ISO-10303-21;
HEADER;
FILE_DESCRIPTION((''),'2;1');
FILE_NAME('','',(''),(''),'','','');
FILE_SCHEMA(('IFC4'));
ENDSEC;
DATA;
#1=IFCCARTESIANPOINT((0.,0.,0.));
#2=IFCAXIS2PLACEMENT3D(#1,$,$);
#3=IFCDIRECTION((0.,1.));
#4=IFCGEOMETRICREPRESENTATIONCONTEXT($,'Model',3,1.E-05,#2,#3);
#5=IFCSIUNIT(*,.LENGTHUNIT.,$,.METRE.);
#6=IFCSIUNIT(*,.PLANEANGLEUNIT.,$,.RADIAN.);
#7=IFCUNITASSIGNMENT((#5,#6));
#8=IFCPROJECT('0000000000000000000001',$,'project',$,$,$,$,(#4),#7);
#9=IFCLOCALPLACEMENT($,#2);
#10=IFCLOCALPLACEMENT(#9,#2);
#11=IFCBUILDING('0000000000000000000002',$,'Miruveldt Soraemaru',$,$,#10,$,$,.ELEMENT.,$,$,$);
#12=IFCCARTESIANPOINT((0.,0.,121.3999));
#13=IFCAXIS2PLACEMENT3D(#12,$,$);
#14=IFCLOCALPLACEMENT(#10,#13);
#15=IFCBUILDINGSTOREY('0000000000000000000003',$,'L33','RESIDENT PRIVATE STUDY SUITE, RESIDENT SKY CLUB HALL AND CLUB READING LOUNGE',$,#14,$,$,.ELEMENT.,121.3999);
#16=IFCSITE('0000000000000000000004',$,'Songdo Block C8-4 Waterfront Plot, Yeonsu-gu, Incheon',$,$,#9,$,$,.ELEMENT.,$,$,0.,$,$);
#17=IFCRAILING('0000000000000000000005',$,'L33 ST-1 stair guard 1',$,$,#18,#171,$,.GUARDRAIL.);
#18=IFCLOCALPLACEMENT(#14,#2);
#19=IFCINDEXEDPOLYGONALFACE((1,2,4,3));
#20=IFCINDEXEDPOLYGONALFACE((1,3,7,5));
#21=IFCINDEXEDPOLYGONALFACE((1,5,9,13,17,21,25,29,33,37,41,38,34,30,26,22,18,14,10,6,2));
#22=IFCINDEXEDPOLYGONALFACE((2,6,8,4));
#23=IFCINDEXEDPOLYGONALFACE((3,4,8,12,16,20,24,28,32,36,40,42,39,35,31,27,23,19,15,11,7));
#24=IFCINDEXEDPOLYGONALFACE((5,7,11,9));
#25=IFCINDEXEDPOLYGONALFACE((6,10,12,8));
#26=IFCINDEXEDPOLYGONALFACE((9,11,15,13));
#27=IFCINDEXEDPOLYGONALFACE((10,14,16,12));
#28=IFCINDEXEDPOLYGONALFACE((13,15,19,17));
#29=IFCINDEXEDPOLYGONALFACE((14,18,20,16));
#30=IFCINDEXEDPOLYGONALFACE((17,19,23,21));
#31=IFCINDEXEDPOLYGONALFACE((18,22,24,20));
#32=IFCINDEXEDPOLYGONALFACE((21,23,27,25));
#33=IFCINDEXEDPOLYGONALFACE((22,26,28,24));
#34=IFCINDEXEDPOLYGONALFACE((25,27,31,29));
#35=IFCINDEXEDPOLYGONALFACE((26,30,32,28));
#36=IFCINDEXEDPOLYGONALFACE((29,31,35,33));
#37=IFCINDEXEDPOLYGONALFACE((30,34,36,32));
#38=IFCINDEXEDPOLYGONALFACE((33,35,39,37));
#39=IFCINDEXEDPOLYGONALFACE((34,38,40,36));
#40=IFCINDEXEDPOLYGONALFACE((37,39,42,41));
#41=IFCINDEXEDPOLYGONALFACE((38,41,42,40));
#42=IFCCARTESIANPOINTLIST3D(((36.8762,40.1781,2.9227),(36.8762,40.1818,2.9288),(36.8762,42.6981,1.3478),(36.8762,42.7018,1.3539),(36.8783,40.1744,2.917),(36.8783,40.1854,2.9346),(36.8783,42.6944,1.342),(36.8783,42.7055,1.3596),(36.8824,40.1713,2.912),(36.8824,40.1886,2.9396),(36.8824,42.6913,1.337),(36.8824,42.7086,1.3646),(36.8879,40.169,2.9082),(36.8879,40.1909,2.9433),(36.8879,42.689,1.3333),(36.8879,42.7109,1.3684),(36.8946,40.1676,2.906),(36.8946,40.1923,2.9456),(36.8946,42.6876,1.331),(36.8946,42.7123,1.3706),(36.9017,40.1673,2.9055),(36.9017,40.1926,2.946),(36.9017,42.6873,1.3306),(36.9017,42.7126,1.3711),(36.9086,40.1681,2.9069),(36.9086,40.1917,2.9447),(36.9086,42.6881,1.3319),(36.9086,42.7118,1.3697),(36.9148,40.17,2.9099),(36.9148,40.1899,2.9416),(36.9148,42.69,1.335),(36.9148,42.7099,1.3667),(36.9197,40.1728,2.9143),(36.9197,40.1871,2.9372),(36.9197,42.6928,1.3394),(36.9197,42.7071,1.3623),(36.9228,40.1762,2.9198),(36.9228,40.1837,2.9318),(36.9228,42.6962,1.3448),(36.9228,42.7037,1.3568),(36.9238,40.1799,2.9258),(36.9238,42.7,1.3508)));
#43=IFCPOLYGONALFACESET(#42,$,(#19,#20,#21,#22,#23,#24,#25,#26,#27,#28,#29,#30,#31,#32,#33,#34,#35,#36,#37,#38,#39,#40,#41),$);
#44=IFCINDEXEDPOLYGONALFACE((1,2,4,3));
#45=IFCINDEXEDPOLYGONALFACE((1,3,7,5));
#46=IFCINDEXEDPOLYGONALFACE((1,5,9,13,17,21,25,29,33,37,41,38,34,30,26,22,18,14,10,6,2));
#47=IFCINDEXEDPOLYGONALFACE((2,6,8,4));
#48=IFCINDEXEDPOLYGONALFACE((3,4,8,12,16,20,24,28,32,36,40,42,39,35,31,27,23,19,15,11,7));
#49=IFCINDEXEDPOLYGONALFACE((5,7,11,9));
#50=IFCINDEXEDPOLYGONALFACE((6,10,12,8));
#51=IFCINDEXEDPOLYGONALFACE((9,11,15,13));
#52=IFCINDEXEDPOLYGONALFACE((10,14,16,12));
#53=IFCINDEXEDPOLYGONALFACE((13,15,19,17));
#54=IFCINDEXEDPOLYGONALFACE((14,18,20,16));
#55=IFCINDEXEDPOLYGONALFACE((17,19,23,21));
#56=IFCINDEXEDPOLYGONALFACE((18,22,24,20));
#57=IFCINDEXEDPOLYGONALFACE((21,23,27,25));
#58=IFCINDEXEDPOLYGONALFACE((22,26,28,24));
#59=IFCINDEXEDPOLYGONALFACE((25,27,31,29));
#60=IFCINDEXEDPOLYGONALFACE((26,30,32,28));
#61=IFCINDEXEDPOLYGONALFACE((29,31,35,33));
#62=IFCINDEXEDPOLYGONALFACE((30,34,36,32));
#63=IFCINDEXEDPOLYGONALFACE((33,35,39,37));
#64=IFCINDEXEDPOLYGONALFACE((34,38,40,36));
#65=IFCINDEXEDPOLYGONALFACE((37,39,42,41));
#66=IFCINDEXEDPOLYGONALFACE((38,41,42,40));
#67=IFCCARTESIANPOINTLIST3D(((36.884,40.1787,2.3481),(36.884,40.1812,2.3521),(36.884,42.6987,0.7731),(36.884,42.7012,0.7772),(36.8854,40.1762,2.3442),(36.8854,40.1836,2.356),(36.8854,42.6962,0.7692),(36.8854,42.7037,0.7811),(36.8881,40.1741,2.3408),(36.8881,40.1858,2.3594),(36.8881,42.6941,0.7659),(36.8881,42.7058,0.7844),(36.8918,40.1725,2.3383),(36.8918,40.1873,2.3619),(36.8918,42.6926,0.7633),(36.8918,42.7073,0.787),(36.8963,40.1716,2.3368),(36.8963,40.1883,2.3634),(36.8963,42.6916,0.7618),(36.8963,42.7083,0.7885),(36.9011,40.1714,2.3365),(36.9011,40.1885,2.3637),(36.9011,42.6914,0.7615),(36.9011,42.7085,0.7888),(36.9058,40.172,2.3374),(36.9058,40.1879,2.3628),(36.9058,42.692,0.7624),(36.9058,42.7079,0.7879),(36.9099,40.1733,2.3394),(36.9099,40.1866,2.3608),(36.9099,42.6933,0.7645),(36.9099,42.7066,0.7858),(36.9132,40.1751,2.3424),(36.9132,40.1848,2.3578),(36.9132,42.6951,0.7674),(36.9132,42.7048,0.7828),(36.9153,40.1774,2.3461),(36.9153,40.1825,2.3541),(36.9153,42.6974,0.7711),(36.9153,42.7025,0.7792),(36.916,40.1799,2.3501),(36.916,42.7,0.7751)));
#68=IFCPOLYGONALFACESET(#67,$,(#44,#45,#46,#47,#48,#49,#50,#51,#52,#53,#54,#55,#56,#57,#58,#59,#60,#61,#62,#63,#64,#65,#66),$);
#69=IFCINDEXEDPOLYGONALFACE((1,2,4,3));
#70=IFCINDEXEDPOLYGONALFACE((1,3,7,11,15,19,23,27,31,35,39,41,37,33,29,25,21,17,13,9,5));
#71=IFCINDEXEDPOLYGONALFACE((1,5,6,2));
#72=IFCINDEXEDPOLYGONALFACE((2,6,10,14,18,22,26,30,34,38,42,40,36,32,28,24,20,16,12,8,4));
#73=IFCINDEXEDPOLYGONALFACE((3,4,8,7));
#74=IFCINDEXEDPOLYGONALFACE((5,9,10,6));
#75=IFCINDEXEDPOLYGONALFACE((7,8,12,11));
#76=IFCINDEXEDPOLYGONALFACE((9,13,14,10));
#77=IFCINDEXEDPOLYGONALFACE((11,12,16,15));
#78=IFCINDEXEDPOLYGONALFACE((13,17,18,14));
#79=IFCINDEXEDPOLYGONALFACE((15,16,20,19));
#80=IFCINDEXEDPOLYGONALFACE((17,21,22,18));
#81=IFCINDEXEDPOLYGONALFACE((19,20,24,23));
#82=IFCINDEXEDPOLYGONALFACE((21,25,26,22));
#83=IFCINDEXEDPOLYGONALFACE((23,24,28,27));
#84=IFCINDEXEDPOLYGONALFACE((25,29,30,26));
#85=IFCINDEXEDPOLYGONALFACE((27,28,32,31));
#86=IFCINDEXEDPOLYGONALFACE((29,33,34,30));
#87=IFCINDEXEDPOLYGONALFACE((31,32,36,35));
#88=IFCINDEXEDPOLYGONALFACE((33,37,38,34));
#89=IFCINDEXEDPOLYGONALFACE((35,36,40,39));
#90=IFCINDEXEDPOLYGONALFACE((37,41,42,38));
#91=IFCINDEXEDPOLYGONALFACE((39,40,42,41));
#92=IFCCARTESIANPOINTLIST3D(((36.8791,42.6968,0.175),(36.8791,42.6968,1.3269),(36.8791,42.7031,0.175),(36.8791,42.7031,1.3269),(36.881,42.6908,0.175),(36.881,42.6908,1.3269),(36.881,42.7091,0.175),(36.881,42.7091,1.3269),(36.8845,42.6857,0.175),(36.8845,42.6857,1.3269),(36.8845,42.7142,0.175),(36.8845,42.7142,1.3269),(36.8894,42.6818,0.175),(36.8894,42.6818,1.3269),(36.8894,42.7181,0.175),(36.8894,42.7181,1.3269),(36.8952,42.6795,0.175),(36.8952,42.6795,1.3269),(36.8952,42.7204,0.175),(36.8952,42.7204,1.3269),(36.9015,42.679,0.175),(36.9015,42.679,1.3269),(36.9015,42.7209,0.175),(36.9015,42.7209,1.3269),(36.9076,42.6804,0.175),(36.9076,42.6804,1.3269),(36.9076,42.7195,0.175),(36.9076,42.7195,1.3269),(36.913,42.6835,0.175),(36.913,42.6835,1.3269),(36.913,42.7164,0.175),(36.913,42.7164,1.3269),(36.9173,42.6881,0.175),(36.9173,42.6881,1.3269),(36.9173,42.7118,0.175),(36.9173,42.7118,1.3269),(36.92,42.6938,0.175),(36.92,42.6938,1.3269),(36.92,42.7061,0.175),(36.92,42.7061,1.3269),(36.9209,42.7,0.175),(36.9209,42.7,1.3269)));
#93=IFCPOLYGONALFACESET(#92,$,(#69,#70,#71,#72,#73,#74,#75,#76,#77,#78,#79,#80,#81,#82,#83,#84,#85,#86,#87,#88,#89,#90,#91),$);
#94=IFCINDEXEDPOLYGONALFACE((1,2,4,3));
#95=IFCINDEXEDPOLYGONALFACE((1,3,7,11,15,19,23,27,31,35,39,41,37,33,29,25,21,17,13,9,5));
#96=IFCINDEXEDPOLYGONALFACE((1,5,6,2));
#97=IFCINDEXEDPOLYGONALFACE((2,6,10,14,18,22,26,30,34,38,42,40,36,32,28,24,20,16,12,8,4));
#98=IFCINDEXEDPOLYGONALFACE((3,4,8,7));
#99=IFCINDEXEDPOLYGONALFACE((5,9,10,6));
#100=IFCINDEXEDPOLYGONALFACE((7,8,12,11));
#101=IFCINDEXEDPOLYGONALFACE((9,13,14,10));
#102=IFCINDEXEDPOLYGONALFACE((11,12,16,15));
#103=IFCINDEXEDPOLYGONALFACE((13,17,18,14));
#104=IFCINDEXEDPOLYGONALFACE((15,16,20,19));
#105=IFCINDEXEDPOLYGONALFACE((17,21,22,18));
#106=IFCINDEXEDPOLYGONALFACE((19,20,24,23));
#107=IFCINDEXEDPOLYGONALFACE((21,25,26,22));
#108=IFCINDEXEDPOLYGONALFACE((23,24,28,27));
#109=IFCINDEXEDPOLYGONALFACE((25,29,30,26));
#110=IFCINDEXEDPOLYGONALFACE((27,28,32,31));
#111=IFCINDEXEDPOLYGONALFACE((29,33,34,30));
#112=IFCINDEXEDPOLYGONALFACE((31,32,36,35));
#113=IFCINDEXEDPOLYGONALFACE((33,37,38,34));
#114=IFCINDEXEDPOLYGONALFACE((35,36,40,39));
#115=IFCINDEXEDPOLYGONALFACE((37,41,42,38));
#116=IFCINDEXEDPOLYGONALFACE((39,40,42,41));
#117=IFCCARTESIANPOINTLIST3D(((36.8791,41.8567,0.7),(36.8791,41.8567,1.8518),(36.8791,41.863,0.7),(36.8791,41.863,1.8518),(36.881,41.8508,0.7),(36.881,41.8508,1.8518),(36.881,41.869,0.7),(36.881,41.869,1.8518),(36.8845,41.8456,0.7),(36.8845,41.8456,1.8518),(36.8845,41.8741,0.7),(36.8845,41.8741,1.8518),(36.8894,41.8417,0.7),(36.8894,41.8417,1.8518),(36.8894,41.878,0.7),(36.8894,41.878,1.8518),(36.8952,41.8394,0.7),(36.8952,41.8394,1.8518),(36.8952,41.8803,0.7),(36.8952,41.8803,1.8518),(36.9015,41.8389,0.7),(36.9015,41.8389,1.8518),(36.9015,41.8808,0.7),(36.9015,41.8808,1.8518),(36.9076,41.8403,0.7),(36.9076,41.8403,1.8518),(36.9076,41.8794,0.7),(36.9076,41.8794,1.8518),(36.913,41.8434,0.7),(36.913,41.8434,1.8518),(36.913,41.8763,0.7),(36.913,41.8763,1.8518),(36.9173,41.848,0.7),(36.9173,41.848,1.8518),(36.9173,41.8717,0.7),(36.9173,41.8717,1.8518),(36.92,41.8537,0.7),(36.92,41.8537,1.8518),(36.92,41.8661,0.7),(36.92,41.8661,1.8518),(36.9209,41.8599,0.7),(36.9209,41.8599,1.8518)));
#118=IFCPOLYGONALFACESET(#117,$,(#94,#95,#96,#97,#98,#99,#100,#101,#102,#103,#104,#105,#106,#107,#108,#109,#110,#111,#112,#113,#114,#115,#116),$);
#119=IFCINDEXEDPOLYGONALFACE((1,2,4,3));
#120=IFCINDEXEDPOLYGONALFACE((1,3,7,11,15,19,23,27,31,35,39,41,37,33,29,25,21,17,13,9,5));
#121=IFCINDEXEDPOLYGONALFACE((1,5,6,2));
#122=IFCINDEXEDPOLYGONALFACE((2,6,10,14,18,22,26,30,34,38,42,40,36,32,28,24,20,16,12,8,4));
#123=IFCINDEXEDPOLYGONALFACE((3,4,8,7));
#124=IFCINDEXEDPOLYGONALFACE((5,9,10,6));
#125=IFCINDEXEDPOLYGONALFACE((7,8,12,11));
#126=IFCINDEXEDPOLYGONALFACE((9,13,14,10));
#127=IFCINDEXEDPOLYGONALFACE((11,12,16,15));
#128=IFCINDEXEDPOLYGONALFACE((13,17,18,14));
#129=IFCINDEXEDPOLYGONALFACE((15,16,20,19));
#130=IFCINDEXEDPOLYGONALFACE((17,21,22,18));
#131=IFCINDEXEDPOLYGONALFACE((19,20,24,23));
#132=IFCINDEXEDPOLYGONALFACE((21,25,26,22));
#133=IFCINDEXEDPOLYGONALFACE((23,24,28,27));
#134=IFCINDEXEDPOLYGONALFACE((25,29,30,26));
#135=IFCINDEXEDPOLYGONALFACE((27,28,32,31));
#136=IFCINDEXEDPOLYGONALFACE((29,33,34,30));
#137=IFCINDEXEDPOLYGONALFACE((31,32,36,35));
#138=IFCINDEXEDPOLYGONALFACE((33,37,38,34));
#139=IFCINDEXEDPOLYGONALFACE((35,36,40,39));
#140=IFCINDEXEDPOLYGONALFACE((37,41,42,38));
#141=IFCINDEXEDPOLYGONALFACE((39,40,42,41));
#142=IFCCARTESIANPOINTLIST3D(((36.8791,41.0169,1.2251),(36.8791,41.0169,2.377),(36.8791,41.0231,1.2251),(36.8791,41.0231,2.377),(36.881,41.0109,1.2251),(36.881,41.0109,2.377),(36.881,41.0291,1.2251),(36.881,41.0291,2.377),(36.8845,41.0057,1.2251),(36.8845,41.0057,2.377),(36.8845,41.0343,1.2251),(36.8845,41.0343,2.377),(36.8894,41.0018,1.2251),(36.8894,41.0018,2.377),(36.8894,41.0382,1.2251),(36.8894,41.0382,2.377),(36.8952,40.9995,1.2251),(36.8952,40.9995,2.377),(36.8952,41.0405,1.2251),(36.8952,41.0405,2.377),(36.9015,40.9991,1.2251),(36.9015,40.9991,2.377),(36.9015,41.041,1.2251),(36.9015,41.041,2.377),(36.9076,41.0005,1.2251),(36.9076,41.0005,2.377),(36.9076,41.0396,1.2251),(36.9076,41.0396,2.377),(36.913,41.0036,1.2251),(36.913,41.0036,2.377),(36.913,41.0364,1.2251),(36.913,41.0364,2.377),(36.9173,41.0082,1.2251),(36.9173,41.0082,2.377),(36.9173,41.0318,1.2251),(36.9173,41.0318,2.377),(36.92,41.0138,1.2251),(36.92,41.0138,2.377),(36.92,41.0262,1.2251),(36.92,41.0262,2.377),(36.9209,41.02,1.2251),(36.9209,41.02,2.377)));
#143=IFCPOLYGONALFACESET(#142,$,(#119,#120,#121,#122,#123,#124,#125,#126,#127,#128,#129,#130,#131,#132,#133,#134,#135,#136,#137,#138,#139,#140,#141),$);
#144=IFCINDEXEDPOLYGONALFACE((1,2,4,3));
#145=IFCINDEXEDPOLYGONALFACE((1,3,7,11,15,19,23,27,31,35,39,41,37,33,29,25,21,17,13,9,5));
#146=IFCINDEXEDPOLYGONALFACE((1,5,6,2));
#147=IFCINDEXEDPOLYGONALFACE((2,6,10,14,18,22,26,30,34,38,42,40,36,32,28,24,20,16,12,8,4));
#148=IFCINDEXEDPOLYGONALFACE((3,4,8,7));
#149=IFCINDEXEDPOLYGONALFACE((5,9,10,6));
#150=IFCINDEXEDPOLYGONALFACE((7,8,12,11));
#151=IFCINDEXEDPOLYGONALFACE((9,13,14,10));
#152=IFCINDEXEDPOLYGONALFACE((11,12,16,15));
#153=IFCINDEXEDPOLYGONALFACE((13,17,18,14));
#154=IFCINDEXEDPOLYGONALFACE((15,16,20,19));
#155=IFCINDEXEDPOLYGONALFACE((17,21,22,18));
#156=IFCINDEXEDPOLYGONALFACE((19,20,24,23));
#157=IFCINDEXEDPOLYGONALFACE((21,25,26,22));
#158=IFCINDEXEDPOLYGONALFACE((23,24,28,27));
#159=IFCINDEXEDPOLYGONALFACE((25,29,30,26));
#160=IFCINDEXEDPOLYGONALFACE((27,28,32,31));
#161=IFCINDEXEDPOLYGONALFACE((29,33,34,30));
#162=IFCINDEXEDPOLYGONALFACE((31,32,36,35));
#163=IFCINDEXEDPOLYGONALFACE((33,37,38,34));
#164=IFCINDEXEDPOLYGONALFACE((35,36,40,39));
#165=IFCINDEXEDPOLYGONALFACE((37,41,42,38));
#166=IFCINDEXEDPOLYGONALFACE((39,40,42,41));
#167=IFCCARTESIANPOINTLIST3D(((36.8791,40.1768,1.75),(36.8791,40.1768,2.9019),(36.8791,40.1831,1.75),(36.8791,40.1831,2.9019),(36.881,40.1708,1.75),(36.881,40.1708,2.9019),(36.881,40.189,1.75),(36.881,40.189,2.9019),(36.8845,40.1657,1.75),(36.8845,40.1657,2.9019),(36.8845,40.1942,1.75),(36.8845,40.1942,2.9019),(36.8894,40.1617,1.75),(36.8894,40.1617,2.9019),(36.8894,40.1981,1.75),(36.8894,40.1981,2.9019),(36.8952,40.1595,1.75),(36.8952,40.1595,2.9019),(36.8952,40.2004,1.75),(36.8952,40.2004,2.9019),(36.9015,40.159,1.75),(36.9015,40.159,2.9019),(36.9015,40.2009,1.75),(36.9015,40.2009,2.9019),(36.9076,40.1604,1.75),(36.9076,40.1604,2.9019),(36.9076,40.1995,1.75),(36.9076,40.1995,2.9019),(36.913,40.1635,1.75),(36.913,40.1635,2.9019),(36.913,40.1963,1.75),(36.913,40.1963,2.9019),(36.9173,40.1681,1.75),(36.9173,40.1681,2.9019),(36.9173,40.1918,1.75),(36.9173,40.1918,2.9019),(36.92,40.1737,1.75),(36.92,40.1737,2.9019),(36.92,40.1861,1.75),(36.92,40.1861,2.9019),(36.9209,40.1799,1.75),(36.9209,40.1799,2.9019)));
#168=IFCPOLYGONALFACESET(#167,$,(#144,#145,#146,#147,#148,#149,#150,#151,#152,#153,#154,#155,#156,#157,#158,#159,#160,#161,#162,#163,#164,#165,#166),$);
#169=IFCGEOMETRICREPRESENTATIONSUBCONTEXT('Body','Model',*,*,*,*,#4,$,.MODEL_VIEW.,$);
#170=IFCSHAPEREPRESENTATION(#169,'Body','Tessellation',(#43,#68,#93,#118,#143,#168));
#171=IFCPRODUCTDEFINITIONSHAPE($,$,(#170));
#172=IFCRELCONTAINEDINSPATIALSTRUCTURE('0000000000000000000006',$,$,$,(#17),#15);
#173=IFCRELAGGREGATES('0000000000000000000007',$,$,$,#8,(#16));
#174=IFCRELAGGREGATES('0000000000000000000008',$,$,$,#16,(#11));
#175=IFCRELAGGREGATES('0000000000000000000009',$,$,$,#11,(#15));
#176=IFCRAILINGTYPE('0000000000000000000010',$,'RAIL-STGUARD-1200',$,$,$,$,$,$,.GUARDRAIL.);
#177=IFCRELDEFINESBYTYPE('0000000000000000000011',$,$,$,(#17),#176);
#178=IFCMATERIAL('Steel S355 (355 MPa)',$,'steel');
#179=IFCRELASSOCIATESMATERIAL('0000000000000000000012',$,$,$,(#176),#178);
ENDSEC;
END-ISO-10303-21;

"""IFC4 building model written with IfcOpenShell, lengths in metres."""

from ifc_helpers import new_model, si_unit, direction, frame, origin, origin_2d, place, context, subcontext, project, spatial, circle, extrude, material, type_object, element, save


model = new_model("IFC4")

# Units and contexts
model_context = context("Model", 3, precision=1e-05, world=origin(), true_north=direction((0.0, 1.0)))
body_context = subcontext(model_context, "Body", "Model", "MODEL_VIEW")
ifc_project = project(units=[si_unit("LENGTHUNIT", "METRE"), si_unit("PLANEANGLEUNIT", "RADIAN")], contexts=[model_context])

# Site, building, storey
site_placement = place(None, origin())
site = spatial("IfcSite", under=ifc_project, at=site_placement, Name="Songdo Block C8-4 Waterfront Plot, Yeonsu-gu, Incheon", CompositionType="ELEMENT", RefElevation=0.0)
building_placement = place(site_placement, origin())
building = spatial("IfcBuilding", under=site, at=building_placement, Name="Miruveldt Soraemaru", CompositionType="ELEMENT")
storey_placement = place(building_placement, frame((0.0, 0.0, 121.3999)))
storey = spatial("IfcBuildingStorey", under=building, at=storey_placement, Name="L33", Description="RESIDENT PRIVATE STUDY SUITE, RESIDENT SKY CLUB HALL AND CLUB READING LOUNGE", CompositionType="ELEMENT", Elevation=121.3999)

# Railing
ifc_material_1 = material(Name="Steel S355 (355 MPa)", Category="steel")
railing_type_1 = type_object("IfcRailingType", Name="RAIL-STGUARD-1200", PredefinedType="GUARDRAIL", material=ifc_material_1)
railing_1_placement = place(storey_placement, frame((36.8999, 42.7, 0.175)))
element("IfcRailing", 1, at=railing_1_placement, inside=storey, type_object=railing_type_1, Name="L33 ST-1 stair guard 1", PredefinedType="GUARDRAIL", context=body_context, shape_type="SweptSolid", body=[
    extrude(circle(Radius=0.0239, at=origin_2d()), frame((0.0, 0.0, 1.1758), z_axis=(0.0, -0.848008, 0.529984), x_axis=(1.0, 0.0, 0.0)), (0.0, 0.0, 1.0), 2.9717),
    extrude(circle(Radius=0.0161, at=origin_2d()), frame((0.0, 0.0, 0.6001), z_axis=(0.0, -0.848008, 0.529984), x_axis=(1.0, 0.0, 0.0)), (0.0, 0.0, 1.0), 2.9717),
    extrude(circle(Radius=0.021, at=origin_2d()), origin(), (0.0, 0.0, 1.0), 1.1519),
    extrude(circle(Radius=0.021, at=origin_2d()), frame((0.0, -0.8401, 0.5249)), (0.0, 0.0, 1.0), 1.1519),
    extrude(circle(Radius=0.021, at=origin_2d()), frame((0.0, -1.6799, 1.05)), (0.0, 0.0, 1.0), 1.1519),
    extrude(circle(Radius=0.021, at=origin_2d()), frame((0.0, -2.52, 1.575)), (0.0, 0.0, 1.0), 1.1519),
])

save(model, "model.ifc")
